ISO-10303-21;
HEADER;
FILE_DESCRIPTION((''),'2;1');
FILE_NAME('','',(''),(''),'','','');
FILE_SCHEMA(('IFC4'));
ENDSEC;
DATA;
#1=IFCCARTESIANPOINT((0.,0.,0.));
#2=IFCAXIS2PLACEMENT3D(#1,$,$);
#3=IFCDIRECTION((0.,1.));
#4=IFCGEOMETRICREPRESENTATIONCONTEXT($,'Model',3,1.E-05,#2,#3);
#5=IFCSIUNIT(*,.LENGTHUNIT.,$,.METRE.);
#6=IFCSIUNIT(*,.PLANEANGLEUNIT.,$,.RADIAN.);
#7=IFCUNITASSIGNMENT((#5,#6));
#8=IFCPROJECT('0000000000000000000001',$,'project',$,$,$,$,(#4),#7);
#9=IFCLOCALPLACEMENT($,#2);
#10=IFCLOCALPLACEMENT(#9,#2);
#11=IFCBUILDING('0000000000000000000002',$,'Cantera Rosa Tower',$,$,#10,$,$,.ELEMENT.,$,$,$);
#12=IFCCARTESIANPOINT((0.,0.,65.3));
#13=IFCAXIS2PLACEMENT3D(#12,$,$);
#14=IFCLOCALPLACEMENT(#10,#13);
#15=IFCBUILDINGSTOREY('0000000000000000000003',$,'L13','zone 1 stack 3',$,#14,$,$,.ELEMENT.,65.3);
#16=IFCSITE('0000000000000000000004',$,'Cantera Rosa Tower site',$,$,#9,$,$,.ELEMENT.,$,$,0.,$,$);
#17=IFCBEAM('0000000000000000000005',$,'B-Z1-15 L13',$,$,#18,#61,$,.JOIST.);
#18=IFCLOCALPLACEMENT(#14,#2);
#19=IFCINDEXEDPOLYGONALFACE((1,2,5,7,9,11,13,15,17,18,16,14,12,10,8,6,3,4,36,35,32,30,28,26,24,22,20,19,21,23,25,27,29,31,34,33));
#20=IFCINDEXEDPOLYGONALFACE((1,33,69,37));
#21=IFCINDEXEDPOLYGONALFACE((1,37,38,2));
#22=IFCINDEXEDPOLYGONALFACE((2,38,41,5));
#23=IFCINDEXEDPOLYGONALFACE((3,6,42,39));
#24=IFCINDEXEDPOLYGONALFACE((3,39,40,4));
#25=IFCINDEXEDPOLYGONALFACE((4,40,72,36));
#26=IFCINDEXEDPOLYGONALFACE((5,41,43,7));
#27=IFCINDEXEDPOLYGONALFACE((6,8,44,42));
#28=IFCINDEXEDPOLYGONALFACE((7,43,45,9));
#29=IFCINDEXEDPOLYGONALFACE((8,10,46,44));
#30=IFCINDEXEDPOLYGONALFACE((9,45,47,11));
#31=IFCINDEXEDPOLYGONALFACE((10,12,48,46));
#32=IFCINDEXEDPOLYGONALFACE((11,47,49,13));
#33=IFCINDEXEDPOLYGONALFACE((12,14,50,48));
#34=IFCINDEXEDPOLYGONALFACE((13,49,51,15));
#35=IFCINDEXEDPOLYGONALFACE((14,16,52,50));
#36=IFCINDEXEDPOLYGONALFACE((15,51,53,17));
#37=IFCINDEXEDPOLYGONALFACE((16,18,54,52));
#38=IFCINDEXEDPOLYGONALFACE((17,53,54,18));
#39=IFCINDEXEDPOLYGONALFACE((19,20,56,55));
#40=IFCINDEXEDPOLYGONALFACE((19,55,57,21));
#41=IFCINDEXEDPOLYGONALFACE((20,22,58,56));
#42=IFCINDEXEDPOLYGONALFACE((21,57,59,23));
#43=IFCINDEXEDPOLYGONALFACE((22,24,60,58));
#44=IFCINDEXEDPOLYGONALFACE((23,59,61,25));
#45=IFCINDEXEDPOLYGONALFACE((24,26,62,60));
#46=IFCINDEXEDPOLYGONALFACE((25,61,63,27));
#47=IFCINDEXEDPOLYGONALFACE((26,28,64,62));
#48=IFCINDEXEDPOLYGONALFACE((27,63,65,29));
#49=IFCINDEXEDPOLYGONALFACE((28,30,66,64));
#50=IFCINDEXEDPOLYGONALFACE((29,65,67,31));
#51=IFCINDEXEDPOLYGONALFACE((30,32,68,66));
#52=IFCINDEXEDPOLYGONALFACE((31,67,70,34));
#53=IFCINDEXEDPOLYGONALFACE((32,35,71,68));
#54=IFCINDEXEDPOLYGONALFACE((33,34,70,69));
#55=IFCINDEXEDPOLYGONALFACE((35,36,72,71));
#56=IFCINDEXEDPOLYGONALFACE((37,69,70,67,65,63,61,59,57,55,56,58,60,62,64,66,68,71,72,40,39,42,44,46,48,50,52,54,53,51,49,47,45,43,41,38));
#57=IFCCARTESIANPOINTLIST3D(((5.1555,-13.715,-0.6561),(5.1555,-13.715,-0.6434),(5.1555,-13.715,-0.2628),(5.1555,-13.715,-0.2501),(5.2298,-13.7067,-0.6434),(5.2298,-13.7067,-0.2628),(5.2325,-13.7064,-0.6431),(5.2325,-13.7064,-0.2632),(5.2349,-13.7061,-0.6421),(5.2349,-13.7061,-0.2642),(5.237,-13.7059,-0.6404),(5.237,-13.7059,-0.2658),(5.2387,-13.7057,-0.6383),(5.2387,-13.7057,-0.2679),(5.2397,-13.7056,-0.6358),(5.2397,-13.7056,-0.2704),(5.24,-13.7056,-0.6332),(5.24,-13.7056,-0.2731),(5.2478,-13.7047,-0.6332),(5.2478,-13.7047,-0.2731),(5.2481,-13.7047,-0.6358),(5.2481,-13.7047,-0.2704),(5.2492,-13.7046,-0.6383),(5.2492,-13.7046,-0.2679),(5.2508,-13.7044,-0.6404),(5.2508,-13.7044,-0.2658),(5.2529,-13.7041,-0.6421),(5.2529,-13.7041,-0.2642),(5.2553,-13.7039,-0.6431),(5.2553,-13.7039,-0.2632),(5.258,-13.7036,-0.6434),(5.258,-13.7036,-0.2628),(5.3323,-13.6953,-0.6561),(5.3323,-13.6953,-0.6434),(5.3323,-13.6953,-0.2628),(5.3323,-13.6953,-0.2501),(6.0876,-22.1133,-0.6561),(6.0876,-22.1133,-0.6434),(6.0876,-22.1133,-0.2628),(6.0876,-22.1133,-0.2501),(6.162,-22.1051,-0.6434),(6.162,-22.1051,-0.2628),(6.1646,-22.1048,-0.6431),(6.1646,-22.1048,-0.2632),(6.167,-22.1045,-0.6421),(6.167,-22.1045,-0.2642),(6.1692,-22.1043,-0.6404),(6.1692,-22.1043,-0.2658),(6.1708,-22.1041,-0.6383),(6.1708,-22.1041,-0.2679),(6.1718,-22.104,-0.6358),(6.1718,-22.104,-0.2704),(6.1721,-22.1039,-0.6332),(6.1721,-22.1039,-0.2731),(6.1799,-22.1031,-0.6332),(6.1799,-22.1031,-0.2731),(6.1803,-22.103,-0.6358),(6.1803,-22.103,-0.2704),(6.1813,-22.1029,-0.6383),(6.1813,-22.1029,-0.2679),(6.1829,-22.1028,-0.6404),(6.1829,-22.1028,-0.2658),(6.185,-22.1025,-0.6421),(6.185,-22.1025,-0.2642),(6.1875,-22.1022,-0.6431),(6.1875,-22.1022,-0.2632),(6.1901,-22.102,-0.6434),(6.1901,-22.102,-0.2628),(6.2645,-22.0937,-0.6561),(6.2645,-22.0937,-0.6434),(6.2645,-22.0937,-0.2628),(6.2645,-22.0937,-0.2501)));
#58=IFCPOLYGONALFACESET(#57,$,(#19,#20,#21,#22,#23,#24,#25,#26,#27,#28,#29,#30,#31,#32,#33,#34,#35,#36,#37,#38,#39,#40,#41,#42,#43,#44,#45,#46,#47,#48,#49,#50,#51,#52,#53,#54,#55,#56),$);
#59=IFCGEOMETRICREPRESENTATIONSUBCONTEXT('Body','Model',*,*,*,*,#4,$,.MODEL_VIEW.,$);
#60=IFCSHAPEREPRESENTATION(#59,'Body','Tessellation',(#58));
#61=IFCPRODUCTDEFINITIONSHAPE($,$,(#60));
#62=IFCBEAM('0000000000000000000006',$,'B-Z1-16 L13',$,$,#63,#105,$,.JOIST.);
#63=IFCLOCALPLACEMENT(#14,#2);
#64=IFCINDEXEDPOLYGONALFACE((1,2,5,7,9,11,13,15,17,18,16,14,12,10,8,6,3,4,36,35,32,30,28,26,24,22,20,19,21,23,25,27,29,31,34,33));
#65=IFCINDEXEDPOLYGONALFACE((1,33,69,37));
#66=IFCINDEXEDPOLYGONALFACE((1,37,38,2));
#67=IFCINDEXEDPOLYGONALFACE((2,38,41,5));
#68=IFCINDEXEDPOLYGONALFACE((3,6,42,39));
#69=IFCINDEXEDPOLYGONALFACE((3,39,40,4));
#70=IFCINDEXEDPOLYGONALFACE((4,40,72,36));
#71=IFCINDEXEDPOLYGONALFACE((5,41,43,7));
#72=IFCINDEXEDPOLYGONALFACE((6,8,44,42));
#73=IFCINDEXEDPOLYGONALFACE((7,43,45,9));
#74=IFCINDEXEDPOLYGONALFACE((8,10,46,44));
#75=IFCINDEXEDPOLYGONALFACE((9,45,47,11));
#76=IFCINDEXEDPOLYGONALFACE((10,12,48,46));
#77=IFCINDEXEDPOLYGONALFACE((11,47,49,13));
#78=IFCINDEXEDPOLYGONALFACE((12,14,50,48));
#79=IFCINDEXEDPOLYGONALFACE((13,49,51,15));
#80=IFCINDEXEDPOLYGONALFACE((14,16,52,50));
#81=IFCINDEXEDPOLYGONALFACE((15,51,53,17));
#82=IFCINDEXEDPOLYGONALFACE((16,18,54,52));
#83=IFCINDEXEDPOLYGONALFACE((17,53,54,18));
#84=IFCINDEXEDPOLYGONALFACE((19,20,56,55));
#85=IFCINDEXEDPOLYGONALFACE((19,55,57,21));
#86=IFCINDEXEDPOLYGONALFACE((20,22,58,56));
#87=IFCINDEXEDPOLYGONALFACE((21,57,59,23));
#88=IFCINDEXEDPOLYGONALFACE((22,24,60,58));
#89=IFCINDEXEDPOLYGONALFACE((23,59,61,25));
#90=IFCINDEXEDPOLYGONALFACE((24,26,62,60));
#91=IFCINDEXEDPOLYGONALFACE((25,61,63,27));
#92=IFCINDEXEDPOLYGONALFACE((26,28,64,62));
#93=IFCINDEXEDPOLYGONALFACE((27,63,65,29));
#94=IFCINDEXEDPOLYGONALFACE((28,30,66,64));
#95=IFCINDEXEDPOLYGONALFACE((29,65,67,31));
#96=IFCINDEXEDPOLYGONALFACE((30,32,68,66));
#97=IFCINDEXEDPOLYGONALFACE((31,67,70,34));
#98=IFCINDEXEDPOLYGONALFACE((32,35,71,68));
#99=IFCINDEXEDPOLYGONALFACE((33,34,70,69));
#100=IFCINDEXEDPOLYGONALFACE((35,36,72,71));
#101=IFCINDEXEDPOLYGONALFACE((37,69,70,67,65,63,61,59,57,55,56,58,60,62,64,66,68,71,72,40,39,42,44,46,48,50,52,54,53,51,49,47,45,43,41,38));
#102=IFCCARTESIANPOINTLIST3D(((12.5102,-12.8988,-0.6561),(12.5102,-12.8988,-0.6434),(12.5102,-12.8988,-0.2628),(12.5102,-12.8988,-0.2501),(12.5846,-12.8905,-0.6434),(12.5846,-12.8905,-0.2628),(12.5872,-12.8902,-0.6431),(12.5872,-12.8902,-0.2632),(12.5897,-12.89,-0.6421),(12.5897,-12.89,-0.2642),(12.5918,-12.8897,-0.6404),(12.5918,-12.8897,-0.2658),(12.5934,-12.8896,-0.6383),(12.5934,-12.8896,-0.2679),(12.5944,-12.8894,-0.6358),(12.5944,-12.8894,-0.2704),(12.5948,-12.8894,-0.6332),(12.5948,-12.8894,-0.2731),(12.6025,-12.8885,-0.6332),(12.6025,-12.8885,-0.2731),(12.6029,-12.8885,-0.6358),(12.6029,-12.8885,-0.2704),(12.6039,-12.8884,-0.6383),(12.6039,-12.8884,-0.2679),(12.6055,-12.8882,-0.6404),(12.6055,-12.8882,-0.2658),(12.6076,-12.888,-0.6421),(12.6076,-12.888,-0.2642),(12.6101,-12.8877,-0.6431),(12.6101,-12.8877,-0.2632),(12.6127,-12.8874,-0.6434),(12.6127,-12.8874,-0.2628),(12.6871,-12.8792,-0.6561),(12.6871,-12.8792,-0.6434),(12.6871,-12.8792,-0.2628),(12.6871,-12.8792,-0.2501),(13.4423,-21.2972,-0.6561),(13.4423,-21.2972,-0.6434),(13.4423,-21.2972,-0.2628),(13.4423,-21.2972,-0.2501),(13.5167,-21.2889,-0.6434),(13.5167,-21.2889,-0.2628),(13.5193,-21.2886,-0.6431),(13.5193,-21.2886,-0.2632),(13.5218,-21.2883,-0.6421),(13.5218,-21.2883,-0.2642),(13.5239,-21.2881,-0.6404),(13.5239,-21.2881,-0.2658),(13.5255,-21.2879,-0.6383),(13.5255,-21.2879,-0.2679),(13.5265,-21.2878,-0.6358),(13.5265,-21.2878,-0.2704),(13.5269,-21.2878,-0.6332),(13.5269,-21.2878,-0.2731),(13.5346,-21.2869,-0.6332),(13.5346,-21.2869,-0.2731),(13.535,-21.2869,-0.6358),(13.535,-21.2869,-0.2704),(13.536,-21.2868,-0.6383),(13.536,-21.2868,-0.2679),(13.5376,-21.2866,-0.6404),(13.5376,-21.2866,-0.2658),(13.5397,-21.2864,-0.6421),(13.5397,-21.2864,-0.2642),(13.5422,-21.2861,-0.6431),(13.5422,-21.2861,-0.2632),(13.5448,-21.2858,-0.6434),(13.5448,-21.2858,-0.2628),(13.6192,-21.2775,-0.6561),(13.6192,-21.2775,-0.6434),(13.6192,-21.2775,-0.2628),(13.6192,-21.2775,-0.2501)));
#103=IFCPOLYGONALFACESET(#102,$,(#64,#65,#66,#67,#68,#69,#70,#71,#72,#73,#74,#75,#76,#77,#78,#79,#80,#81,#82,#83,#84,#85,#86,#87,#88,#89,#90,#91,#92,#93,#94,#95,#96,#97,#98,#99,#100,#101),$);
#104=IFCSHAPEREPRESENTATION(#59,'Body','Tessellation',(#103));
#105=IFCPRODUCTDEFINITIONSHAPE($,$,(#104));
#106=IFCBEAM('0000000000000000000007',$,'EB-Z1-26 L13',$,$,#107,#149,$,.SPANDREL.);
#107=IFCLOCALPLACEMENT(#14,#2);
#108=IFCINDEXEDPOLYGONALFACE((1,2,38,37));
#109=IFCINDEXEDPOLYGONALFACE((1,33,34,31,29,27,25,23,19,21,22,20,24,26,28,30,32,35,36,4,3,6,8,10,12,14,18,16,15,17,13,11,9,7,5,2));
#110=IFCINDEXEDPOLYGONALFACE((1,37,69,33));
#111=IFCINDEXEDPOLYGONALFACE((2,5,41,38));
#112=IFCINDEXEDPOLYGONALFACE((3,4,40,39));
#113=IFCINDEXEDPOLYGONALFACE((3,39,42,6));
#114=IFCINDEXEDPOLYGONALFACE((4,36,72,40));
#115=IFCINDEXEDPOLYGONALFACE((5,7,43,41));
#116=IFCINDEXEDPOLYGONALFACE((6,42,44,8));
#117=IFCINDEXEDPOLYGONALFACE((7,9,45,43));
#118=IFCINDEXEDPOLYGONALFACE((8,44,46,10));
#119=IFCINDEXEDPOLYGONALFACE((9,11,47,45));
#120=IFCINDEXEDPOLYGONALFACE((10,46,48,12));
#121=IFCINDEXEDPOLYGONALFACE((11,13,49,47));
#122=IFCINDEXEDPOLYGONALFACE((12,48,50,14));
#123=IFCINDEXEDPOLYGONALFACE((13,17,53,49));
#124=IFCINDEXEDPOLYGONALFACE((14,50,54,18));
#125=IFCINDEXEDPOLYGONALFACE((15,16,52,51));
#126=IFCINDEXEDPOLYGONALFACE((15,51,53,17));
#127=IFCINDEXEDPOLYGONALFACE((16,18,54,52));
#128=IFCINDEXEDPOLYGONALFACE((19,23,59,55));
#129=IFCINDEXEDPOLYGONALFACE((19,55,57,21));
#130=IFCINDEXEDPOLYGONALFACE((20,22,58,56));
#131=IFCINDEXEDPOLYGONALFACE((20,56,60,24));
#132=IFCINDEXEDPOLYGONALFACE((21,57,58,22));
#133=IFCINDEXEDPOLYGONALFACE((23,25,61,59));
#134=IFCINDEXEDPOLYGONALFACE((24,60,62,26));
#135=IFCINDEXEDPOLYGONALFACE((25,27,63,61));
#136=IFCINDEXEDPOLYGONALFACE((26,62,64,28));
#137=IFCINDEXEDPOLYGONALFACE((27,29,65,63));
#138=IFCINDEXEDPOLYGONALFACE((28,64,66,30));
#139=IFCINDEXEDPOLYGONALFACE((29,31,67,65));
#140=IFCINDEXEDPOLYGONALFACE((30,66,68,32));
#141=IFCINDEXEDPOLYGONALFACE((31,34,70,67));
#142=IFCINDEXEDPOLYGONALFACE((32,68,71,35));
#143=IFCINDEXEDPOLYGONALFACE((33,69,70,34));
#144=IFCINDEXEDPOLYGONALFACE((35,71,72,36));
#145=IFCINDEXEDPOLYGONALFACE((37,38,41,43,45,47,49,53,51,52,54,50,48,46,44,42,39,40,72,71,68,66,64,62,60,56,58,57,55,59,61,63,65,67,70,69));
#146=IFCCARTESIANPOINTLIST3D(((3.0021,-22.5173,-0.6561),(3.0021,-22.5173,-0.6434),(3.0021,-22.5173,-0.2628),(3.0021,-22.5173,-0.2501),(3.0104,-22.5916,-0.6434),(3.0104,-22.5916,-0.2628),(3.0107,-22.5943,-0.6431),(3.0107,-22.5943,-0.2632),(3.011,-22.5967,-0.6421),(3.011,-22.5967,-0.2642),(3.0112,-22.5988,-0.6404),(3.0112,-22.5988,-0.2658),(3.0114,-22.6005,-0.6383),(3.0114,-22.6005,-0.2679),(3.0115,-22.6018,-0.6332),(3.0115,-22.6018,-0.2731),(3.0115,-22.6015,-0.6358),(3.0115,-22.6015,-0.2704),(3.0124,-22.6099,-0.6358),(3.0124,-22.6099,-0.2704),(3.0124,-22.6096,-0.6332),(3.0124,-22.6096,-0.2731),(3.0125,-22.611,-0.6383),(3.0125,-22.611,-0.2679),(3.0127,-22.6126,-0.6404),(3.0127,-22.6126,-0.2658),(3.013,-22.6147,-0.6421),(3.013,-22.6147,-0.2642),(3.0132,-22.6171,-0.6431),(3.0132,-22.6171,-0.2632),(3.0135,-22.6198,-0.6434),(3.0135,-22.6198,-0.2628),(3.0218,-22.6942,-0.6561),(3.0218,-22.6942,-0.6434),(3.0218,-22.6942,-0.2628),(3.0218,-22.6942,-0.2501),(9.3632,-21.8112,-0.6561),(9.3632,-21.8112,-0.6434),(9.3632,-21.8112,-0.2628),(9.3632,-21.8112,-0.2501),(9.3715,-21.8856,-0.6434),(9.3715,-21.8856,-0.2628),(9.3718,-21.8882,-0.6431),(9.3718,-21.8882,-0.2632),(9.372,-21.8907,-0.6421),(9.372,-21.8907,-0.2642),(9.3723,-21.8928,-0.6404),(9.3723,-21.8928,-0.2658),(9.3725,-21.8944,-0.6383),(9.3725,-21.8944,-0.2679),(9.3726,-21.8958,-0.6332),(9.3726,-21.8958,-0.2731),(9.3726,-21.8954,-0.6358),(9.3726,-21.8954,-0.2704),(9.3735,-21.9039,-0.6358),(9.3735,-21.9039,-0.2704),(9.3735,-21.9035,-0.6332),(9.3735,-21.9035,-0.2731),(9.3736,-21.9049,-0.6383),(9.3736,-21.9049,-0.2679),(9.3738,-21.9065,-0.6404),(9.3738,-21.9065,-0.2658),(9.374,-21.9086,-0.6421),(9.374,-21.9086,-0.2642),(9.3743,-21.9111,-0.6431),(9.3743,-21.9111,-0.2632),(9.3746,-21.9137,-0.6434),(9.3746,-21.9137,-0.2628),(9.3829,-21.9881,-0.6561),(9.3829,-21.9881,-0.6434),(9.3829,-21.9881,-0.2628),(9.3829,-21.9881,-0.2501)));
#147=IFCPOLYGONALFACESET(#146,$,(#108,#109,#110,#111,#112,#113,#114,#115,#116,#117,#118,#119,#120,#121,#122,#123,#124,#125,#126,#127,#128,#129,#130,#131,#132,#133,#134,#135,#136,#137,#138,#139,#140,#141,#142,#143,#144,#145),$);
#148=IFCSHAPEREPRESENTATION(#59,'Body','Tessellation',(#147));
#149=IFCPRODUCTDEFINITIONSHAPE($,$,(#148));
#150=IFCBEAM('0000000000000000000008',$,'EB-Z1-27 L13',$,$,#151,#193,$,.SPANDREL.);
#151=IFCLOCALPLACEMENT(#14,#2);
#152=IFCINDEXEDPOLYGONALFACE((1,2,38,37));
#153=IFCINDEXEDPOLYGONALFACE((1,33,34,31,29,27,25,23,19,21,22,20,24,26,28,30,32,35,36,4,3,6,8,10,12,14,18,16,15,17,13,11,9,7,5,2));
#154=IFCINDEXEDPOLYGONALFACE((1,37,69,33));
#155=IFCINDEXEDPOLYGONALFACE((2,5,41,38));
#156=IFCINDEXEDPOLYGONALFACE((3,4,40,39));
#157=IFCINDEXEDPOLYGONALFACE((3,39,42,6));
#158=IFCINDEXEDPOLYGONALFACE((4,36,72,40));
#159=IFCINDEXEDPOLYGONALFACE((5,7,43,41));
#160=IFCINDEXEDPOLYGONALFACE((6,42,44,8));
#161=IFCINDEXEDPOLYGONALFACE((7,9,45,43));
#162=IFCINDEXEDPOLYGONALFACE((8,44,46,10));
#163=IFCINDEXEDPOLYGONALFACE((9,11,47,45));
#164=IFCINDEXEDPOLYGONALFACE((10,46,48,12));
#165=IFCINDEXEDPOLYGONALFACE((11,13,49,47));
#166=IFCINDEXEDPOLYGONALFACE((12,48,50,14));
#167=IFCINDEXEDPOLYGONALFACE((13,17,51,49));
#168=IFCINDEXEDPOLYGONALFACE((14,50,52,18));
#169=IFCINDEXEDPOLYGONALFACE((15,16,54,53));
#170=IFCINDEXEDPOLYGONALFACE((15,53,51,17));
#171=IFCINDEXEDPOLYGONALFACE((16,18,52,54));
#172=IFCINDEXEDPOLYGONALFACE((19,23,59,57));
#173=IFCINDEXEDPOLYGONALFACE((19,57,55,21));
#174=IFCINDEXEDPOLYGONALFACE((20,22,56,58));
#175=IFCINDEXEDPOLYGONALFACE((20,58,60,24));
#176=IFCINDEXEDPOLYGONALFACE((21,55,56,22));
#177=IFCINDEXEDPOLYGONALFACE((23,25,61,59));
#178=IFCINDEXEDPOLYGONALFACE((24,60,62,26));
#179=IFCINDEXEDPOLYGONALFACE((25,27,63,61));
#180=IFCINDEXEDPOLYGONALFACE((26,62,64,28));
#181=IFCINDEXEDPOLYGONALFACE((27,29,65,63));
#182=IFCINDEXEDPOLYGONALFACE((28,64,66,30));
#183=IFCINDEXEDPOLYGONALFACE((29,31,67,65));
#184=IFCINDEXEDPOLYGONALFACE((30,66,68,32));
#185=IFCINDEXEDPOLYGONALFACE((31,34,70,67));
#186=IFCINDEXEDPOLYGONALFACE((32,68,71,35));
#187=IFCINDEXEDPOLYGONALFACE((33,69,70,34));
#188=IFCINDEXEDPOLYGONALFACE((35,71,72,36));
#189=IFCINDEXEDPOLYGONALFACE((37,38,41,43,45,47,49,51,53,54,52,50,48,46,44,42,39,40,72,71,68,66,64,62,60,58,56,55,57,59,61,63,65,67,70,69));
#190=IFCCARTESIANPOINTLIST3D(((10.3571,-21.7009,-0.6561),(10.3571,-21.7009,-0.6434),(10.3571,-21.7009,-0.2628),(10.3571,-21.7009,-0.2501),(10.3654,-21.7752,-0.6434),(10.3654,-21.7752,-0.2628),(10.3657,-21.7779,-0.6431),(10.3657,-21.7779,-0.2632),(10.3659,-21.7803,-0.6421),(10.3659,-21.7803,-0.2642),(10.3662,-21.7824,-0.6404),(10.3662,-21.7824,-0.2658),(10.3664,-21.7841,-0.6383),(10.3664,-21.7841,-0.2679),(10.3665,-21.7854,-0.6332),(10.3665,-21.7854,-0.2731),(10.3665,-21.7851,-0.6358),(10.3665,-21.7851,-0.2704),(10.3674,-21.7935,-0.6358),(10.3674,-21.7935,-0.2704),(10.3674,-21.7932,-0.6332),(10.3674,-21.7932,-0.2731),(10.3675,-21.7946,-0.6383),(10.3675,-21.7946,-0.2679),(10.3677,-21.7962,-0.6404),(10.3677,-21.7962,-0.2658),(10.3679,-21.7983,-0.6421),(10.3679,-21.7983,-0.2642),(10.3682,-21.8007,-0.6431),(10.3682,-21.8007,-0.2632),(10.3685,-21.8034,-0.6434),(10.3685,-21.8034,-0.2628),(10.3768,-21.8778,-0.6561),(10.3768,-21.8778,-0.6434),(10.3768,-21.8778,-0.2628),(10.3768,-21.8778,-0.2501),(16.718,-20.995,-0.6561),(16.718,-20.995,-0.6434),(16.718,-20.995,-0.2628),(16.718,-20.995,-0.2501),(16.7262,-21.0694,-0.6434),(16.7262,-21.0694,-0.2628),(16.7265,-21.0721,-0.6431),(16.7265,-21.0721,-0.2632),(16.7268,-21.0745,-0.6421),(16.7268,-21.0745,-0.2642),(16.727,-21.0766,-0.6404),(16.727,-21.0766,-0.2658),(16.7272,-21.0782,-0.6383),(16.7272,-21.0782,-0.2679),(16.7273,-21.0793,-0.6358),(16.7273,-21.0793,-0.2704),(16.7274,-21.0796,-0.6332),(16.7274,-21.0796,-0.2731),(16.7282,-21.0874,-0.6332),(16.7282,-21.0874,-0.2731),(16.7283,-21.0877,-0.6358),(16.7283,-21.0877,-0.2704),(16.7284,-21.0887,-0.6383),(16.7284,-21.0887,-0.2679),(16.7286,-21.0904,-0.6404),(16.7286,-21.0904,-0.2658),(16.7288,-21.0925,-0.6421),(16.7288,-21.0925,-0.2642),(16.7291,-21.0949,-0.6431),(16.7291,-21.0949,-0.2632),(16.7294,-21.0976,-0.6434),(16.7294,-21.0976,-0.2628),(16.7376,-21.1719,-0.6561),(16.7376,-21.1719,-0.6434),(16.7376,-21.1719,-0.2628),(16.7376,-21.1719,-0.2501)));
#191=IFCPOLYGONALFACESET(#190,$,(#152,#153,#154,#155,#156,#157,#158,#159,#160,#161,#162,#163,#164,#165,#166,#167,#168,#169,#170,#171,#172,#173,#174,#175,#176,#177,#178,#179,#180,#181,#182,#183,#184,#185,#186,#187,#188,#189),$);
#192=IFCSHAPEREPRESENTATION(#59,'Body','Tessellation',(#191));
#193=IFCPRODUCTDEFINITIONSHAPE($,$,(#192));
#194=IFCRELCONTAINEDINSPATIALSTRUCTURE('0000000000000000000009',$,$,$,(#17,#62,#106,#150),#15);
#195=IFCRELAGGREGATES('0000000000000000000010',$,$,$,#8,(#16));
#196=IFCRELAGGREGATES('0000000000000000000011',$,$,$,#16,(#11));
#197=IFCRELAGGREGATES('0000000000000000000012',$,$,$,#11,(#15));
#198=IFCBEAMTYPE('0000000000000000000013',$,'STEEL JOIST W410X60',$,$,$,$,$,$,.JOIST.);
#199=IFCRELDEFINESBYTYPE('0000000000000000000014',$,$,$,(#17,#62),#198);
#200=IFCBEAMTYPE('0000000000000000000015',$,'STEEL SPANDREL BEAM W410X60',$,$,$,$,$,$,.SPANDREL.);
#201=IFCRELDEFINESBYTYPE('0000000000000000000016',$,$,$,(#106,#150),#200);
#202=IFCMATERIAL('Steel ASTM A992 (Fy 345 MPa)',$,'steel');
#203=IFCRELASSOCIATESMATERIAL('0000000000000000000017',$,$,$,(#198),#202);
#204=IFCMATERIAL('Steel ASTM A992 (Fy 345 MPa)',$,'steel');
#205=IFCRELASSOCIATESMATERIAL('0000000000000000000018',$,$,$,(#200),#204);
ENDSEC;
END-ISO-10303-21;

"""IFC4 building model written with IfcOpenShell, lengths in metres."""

from ifc_helpers import new_model, si_unit, direction, frame, origin, origin_2d, place, context, subcontext, project, spatial, i_section, extrude, material, material_profile, profile_set, type_object, element, save


model = new_model("IFC4")

# Units and contexts
model_context = context("Model", 3, precision=1e-05, world=origin(), true_north=direction((0.0, 1.0)))
body_context = subcontext(model_context, "Body", "Model", "MODEL_VIEW")
ifc_project = project(units=[si_unit("LENGTHUNIT", "METRE"), si_unit("PLANEANGLEUNIT", "RADIAN")], contexts=[model_context])

# Site, building, storey
site_placement = place(None, origin())
site = spatial("IfcSite", under=ifc_project, at=site_placement, Name="Cantera Rosa Tower site", CompositionType="ELEMENT", RefElevation=0.0)
building_placement = place(site_placement, origin())
building = spatial("IfcBuilding", under=site, at=building_placement, Name="Cantera Rosa Tower", CompositionType="ELEMENT")
storey_placement = place(building_placement, frame((0.0, 0.0, 65.3)))
storey = spatial("IfcBuildingStorey", under=building, at=storey_placement, Name="L13", Description="zone 1 stack 3", CompositionType="ELEMENT", Elevation=65.3)

# Beams
ifc_material_1 = material(Name="Steel ASTM A992 (Fy 345 MPa)", Category="steel")
ifc_material_profile_1 = material_profile(ifc_material_1, i_section(OverallWidth=0.178, OverallDepth=0.406, WebThickness=0.0078, FlangeThickness=0.0127, FilletRadius=0.0103, at=origin_2d()), Name="W410X60")
ifc_profile_set_1 = profile_set([ifc_material_profile_1], Name="Steel ASTM A992 (Fy 345 MPa)")
beam_type_1 = type_object("IfcBeamType", Name="STEEL JOIST W410X60", PredefinedType="JOIST", material=ifc_profile_set_1)
for number, where, z_axis, x_axis, name in (
    (1, (6.176, -22.1035, -0.4531), (-0.110311, 0.993897, 0.0), (-0.993897, -0.110311, 0.0), "B-Z1-15 L13"),
    (2, (13.5308, -21.2874, -0.4531), (-0.110311, 0.993897, 0.0), (-0.993897, -0.110311, 0.0), "B-Z1-16 L13"),
):
    element("IfcBeam", number, at=place(storey_placement, frame(where, z_axis=z_axis, x_axis=x_axis)), inside=storey, type_object=beam_type_1, Name=name, PredefinedType="JOIST", context=body_context, shape_type="SweptSolid", body=[
        extrude(i_section(OverallWidth=0.178, OverallDepth=0.406, WebThickness=0.0078, FlangeThickness=0.0127, FilletRadius=0.0103, at=origin_2d()), origin(), (0.0, 0.0, 1.0), 8.45),
    ])
ifc_material_2 = material(Name="Steel ASTM A992 (Fy 345 MPa)", Category="steel")
ifc_material_profile_2 = material_profile(ifc_material_2, i_section(OverallWidth=0.178, OverallDepth=0.406, WebThickness=0.0078, FlangeThickness=0.0127, FilletRadius=0.0103, at=origin_2d()), Name="W410X60")
ifc_profile_set_2 = profile_set([ifc_material_profile_2], Name="Steel ASTM A992 (Fy 345 MPa)")
beam_type_2 = type_object("IfcBeamType", Name="STEEL SPANDREL BEAM W410X60", PredefinedType="SPANDREL", material=ifc_profile_set_2)
beam_1_placement = place(storey_placement, frame((3.012, -22.6057, -0.4531), z_axis=(0.993896, 0.110318, 0.0), x_axis=(-0.110318, 0.993896, 0.0)))
element("IfcBeam", 3, at=beam_1_placement, inside=storey, type_object=beam_type_2, Name="EB-Z1-26 L13", PredefinedType="SPANDREL", context=body_context, shape_type="SweptSolid", body=[
    extrude(i_section(OverallWidth=0.178, OverallDepth=0.406, WebThickness=0.0078, FlangeThickness=0.0127, FilletRadius=0.0103, at=origin_2d()), origin(), (0.0, 0.0, 1.0), 6.4001),
])
beam_2_placement = place(storey_placement, frame((10.3669, -21.7893, -0.4531), z_axis=(0.9939, 0.110285, 0.0), x_axis=(-0.110285, 0.9939, 0.0)))
element("IfcBeam", 4, at=beam_2_placement, inside=storey, type_object=beam_type_2, Name="EB-Z1-27 L13", PredefinedType="SPANDREL", context=body_context, shape_type="SweptSolid", body=[
    extrude(i_section(OverallWidth=0.178, OverallDepth=0.406, WebThickness=0.0078, FlangeThickness=0.0127, FilletRadius=0.0103, at=origin_2d()), origin(), (0.0, 0.0, 1.0), 6.3999),
])

save(model, "model.ifc")
